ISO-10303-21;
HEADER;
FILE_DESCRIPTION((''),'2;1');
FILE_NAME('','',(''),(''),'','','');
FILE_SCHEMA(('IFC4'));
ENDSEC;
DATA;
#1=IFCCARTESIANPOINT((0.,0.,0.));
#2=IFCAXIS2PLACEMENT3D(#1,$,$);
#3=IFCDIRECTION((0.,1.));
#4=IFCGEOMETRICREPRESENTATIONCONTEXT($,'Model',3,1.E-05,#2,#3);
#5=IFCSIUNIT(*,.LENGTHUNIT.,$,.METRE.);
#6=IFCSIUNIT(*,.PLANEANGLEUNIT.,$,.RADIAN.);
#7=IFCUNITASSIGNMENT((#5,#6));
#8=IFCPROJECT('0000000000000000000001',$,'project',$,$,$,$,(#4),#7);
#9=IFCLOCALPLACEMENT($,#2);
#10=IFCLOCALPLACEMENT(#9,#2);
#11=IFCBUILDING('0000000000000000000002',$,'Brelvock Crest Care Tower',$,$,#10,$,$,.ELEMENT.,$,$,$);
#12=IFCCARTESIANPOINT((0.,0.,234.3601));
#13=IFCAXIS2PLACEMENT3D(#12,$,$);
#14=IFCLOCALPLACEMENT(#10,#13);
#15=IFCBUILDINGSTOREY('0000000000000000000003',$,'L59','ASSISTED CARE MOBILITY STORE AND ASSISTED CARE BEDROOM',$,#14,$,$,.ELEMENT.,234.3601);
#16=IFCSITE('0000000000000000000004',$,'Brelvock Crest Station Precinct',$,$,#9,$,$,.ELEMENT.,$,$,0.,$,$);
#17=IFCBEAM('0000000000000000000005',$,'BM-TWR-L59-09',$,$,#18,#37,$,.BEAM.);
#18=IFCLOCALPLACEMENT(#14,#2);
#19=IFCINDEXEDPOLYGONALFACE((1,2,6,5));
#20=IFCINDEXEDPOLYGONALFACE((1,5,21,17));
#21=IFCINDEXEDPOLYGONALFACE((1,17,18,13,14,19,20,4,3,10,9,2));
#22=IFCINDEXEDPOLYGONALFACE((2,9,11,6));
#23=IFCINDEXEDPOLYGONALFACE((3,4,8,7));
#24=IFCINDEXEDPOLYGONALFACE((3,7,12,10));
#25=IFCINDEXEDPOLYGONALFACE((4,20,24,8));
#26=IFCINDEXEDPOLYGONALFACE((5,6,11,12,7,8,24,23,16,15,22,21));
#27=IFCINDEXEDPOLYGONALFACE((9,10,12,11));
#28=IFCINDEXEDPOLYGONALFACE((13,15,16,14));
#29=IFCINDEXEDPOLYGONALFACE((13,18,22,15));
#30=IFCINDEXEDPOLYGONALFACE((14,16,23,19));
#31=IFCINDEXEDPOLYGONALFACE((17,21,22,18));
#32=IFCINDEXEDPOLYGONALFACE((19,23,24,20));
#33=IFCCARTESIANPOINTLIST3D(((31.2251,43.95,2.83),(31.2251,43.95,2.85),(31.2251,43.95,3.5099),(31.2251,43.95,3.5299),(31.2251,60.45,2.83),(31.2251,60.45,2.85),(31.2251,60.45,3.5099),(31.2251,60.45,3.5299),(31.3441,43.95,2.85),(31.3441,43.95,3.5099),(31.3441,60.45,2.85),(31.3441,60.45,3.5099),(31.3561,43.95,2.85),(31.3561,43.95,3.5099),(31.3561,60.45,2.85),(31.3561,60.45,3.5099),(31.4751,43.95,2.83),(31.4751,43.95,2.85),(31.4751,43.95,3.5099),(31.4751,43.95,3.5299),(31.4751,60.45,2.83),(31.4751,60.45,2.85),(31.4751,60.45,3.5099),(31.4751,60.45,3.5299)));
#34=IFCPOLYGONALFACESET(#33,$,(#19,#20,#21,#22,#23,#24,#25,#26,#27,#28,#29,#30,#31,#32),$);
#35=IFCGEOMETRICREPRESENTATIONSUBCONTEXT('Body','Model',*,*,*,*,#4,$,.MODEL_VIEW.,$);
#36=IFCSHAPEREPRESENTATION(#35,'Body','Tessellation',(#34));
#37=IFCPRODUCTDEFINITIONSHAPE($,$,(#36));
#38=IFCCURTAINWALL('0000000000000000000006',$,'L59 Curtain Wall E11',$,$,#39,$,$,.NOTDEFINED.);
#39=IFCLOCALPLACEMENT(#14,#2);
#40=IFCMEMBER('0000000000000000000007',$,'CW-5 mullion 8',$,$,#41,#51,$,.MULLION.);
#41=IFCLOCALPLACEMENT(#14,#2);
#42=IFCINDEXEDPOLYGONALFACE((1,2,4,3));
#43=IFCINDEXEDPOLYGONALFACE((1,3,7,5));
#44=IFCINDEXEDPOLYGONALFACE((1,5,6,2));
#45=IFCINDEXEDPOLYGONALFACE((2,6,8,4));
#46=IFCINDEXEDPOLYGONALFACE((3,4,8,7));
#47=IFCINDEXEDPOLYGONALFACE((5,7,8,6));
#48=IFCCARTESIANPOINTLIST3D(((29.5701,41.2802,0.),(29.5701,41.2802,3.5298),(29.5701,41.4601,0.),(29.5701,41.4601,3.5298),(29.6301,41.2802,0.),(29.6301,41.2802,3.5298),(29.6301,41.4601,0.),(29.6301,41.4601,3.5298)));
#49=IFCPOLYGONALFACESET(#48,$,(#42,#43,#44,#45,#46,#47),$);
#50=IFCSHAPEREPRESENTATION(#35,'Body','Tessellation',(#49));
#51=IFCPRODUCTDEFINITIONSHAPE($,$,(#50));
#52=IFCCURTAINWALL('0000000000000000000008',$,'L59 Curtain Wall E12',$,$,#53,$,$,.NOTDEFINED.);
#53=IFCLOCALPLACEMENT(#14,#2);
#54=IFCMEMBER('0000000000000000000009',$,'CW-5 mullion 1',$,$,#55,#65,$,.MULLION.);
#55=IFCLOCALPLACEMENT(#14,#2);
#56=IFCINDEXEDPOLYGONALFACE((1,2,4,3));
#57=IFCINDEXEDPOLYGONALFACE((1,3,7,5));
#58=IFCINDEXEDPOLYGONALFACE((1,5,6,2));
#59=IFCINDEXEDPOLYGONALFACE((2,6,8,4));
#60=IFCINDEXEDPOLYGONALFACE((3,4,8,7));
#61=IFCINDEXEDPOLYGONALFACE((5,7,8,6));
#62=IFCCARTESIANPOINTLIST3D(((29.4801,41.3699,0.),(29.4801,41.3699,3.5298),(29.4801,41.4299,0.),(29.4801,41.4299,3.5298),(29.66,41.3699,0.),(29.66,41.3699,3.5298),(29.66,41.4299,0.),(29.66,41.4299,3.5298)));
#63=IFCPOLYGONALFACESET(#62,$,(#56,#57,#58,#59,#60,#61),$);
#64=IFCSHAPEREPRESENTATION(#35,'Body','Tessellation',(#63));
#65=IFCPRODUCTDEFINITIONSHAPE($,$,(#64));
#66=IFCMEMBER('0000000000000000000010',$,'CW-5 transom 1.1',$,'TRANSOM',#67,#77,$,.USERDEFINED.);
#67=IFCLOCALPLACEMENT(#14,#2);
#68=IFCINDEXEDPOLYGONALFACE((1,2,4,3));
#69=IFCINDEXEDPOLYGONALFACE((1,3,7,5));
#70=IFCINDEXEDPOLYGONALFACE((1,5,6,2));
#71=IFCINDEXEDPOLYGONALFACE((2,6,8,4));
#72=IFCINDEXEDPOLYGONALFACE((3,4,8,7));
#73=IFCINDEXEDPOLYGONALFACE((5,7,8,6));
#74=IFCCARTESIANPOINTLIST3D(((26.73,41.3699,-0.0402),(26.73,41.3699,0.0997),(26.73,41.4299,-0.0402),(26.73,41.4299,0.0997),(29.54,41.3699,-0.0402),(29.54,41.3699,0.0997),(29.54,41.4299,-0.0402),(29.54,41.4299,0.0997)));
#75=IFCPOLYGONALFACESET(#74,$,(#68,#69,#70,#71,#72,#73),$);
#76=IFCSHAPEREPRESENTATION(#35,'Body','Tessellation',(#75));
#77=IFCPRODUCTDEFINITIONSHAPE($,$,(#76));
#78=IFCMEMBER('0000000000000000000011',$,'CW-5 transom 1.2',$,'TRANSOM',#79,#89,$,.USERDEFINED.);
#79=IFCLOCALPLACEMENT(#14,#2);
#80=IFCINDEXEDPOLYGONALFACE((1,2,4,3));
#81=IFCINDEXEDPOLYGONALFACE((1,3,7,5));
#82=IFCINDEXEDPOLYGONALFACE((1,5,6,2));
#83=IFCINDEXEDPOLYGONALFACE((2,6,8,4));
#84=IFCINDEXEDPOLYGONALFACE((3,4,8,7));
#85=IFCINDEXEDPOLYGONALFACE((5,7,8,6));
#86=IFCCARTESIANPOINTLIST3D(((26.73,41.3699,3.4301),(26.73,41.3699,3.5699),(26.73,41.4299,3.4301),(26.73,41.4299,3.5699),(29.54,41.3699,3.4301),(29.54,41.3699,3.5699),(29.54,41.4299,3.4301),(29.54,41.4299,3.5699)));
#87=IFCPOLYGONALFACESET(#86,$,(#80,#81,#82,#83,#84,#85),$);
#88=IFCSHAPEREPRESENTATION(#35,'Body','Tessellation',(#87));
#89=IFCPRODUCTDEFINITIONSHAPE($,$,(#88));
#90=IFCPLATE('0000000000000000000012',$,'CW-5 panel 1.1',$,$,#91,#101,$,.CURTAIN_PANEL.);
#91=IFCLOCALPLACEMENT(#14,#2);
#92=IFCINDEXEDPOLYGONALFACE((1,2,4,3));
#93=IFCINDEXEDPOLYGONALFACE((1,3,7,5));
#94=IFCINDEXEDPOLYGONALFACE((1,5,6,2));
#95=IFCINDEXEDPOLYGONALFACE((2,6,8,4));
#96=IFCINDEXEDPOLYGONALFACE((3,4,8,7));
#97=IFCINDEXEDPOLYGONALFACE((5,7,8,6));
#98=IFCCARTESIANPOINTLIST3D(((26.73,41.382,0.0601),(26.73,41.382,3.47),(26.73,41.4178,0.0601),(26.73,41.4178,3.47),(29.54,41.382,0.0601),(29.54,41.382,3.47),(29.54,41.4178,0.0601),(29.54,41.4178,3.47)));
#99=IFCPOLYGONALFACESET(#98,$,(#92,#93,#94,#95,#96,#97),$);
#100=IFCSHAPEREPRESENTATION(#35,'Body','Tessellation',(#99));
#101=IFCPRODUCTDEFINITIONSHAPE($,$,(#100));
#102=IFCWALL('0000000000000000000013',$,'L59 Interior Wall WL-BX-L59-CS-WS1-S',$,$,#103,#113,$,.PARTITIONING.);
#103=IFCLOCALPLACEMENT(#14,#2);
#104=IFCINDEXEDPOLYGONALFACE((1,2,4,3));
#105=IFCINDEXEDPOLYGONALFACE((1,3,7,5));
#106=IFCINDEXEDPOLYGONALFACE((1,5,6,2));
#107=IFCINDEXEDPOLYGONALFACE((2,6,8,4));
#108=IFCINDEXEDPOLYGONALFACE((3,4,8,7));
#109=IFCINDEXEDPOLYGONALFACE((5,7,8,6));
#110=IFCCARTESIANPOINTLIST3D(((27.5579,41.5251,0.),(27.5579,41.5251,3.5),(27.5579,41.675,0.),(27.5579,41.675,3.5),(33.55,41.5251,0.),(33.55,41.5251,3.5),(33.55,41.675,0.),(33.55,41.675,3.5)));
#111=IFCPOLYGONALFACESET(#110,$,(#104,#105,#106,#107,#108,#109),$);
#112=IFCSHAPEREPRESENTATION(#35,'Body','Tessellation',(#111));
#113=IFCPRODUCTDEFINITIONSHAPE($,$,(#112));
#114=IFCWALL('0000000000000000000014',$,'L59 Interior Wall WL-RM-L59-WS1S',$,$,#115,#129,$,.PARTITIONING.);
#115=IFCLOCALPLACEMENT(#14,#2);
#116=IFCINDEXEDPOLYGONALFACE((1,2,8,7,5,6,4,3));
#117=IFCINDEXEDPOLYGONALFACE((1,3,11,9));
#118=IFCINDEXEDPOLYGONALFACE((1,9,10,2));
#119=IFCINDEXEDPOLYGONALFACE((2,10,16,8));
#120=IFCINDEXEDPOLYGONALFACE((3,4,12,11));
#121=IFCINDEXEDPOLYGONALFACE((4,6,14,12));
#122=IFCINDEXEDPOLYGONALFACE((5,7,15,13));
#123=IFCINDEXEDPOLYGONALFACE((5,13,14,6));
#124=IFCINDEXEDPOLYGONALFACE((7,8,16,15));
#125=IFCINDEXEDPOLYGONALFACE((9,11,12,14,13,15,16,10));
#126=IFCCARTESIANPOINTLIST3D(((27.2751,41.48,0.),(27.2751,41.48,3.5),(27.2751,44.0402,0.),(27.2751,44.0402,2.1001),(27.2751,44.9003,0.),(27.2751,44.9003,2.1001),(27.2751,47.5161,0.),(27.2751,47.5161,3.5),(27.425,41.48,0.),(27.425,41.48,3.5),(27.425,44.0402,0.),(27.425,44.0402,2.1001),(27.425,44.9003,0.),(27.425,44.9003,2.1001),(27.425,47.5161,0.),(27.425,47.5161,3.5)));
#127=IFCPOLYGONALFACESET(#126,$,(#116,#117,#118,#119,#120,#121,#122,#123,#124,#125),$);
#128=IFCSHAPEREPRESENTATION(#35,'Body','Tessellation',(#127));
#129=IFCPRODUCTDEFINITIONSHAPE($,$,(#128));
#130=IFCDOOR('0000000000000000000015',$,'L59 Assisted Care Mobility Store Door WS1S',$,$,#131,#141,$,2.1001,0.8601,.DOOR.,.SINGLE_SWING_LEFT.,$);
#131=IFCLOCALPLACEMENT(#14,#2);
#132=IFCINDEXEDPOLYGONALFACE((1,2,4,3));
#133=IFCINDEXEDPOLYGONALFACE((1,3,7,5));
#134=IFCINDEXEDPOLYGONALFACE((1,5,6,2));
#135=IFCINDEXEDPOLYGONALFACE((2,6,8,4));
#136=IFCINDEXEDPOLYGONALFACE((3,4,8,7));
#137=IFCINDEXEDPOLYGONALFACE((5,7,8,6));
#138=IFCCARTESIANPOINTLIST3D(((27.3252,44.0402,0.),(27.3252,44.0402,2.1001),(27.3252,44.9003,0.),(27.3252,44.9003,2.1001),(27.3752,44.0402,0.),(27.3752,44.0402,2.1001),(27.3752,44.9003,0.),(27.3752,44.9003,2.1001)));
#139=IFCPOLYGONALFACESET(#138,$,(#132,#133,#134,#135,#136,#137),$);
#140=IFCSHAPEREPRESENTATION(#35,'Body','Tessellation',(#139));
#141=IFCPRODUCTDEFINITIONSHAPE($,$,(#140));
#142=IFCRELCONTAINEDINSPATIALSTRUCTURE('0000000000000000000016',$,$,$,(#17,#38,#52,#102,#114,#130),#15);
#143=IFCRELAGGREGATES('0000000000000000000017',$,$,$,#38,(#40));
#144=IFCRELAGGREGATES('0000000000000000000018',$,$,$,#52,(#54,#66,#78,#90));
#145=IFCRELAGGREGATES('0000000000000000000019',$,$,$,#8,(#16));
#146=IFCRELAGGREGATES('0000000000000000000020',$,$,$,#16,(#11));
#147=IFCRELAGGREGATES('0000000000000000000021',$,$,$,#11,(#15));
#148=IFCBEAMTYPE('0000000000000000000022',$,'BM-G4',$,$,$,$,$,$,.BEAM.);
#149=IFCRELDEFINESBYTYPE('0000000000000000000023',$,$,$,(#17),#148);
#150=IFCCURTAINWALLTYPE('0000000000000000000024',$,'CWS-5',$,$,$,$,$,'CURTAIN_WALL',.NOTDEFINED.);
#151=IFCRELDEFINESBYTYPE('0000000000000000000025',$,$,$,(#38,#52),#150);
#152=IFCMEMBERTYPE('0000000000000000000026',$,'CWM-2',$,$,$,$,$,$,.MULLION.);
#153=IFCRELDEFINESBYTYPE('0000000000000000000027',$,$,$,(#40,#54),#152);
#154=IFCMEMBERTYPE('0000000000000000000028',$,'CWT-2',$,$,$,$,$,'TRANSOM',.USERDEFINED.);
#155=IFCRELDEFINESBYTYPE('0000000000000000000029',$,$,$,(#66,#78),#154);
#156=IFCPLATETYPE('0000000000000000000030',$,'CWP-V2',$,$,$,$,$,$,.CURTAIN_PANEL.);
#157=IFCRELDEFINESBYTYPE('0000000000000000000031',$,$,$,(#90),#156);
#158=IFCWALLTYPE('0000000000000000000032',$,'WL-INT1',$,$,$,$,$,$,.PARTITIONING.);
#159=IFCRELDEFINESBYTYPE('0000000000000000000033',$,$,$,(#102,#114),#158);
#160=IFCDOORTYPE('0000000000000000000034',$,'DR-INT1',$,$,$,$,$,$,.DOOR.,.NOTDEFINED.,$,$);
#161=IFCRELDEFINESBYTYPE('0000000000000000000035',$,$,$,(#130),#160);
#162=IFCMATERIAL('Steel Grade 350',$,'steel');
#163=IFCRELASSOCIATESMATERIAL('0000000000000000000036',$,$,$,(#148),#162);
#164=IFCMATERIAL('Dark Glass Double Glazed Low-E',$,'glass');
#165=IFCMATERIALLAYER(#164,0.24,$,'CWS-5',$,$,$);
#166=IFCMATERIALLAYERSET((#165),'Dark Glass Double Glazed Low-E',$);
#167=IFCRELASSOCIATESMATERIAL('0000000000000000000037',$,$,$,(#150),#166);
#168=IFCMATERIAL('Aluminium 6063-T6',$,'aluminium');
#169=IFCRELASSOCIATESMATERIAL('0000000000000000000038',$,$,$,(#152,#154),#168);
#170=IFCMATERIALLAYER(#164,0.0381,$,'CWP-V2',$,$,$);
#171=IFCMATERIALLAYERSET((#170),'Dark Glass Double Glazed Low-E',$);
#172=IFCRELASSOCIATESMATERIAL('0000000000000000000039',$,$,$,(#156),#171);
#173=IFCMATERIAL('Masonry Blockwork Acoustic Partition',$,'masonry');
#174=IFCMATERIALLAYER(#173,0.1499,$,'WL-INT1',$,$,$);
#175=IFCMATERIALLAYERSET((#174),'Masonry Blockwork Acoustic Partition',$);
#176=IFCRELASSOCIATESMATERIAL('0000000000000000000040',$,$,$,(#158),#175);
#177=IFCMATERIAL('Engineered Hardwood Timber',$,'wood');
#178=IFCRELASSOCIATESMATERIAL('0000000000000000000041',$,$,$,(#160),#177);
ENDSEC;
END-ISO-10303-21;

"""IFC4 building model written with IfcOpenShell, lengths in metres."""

from ifc_helpers import new_model, si_unit, direction, frame, frame_2d, origin, origin_2d, place, context, subcontext, project, spatial, rectangle, i_section, extrude, source, transform, mapped, material, layer, layer_set, material_profile, profile_set, type_object, element, fill, aggregate, save


model = new_model("IFC4")

# Units and contexts
model_context = context("Model", 3, precision=1e-05, world=origin(), true_north=direction((0.0, 1.0)))
body_context = subcontext(model_context, "Body", "Model", "MODEL_VIEW")
ifc_project = project(units=[si_unit("LENGTHUNIT", "METRE"), si_unit("PLANEANGLEUNIT", "RADIAN")], contexts=[model_context])

# Site, building, storey
site_placement = place(None, origin())
site = spatial("IfcSite", under=ifc_project, at=site_placement, Name="Brelvock Crest Station Precinct", CompositionType="ELEMENT", RefElevation=0.0)
building_placement = place(site_placement, origin())
building = spatial("IfcBuilding", under=site, at=building_placement, Name="Brelvock Crest Care Tower", CompositionType="ELEMENT")
storey_placement = place(building_placement, frame((0.0, 0.0, 234.3601)))
storey = spatial("IfcBuildingStorey", under=building, at=storey_placement, Name="L59", Description="ASSISTED CARE MOBILITY STORE AND ASSISTED CARE BEDROOM", CompositionType="ELEMENT", Elevation=234.3601)

# Shared definitions
ifc_material_1 = material(Name="Steel Grade 350", Category="steel")

# Beam
ifc_material_profile_1 = material_profile(ifc_material_1, i_section(OverallWidth=0.25, OverallDepth=0.7, WebThickness=0.012, FlangeThickness=0.02, at=origin_2d()), Name="700WB150")
ifc_profile_set_1 = profile_set([ifc_material_profile_1], Name="Steel Grade 350")
beam_type_1 = type_object("IfcBeamType", Name="BM-G4", PredefinedType="BEAM", material=ifc_profile_set_1)
shared_shape_1 = source(origin(), body_context, "Body", "SweptSolid", [
    extrude(i_section(OverallWidth=0.25, OverallDepth=0.7, WebThickness=0.012, FlangeThickness=0.02, at=origin_2d()), origin(), (0.0, 0.0, 1.0), 16.5),
])
beam_1_placement = place(storey_placement, frame((31.3501, 43.95, 3.1799), z_axis=(0.0, 1.0, 0.0), x_axis=(-1.0, 0.0, 0.0)))
element("IfcBeam", 1, at=beam_1_placement, inside=storey, type_object=beam_type_1, Name="BM-TWR-L59-09", PredefinedType="BEAM", context=body_context, shape_type="MappedRepresentation", body=[
    mapped(shared_shape_1, transform((0.0, 0.0, 0.0), x_axis=(1.0, 0.0, 0.0), y_axis=(0.0, 1.0, 0.0), z_axis=(0.0, 0.0, 1.0), scale=1.0)),
])

# Curtain wall, member
ifc_material_2 = material(Name="Dark Glass Double Glazed Low-E", Category="glass")
ifc_layer_1 = layer(ifc_material_2, 0.24, Name="CWS-5")
ifc_layer_set_1 = layer_set([ifc_layer_1], Name="Dark Glass Double Glazed Low-E")
curtain_wall_type = type_object("IfcCurtainWallType", Name="CWS-5", ElementType="CURTAIN_WALL", PredefinedType="NOTDEFINED", material=ifc_layer_set_1)
curtain_wall_1_placement = place(storey_placement, origin())
curtain_wall_1 = element("IfcCurtainWall", 2, at=curtain_wall_1_placement, inside=storey, type_object=curtain_wall_type, Name="L59 Curtain Wall E11", PredefinedType="NOTDEFINED")
ifc_material_3 = material(Name="Aluminium 6063-T6", Category="aluminium")
ifc_material_profile_2 = material_profile(ifc_material_3, rectangle(XDim=0.0601, YDim=0.1799, at=origin_2d()), Name="ALU60x180")
ifc_profile_set_2 = profile_set([ifc_material_profile_2], Name="Aluminium 6063-T6")
member_type_1 = type_object("IfcMemberType", Name="CWM-2", PredefinedType="MULLION", material=ifc_profile_set_2)
shared_shape_2 = source(origin(), body_context, "Body", "SweptSolid", [
    extrude(rectangle(XDim=0.0601, YDim=0.1799, at=origin_2d()), origin(), (0.0, 0.0, 1.0), 3.5298),
])
member_1_placement = place(storey_placement, frame((29.6001, 41.3701, 0.0), z_axis=(0.0, 0.0, 1.0), x_axis=(-1.0, 0.0, 0.0)))
member_1 = element("IfcMember", 3, at=member_1_placement, type_object=member_type_1, Name="CW-5 mullion 8", PredefinedType="MULLION", context=body_context, shape_type="MappedRepresentation", body=[
    mapped(shared_shape_2, transform((0.0, 0.0, 0.0), x_axis=(1.0, 0.0, 0.0), y_axis=(0.0, 1.0, 0.0), z_axis=(0.0, 0.0, 1.0), scale=1.0)),
])
aggregate(curtain_wall_1, [member_1])

# Curtain wall, members, plate
curtain_wall_2_placement = place(storey_placement, origin())
curtain_wall_2 = element("IfcCurtainWall", 4, at=curtain_wall_2_placement, inside=storey, type_object=curtain_wall_type, Name="L59 Curtain Wall E12", PredefinedType="NOTDEFINED")
member_2_placement = place(storey_placement, frame((29.5701, 41.3999, 0.0), z_axis=(0.0, 0.0, 1.0), x_axis=(0.0, -1.0, 0.0)))
member_2 = element("IfcMember", 5, at=member_2_placement, type_object=member_type_1, Name="CW-5 mullion 1", PredefinedType="MULLION", context=body_context, shape_type="MappedRepresentation", body=[
    mapped(shared_shape_2, transform((0.0, 0.0, 0.0), x_axis=(1.0, 0.0, 0.0), y_axis=(0.0, 1.0, 0.0), z_axis=(0.0, 0.0, 1.0), scale=1.0)),
])
ifc_material_profile_3 = material_profile(ifc_material_3, rectangle(XDim=0.0601, YDim=0.1399, at=origin_2d()), Name="ALU60x140")
ifc_profile_set_3 = profile_set([ifc_material_profile_3], Name="Aluminium 6063-T6")
member_type_2 = type_object("IfcMemberType", Name="CWT-2", ElementType="TRANSOM", PredefinedType="USERDEFINED", material=ifc_profile_set_3)
shared_shape_3 = source(origin(), body_context, "Body", "SweptSolid", [
    extrude(rectangle(XDim=0.0601, YDim=0.1399, at=origin_2d()), origin(), (0.0, 0.0, 1.0), 2.8101),
])
member_3_placement = place(storey_placement, frame((29.54, 41.3999, 0.0298), z_axis=(-1.0, 0.0, 0.0), x_axis=(0.0, -1.0, 0.0)))
member_3 = element("IfcMember", 6, at=member_3_placement, type_object=member_type_2, Name="CW-5 transom 1.1", ObjectType="TRANSOM", PredefinedType="USERDEFINED", context=body_context, shape_type="MappedRepresentation", body=[
    mapped(shared_shape_3, transform((0.0, 0.0, 0.0), x_axis=(1.0, 0.0, 0.0), y_axis=(0.0, 1.0, 0.0), z_axis=(0.0, 0.0, 1.0), scale=1.0)),
])
member_4_placement = place(storey_placement, frame((29.54, 41.3999, 3.5), z_axis=(-1.0, 0.0, 0.0), x_axis=(0.0, -1.0, 0.0)))
member_4 = element("IfcMember", 7, at=member_4_placement, type_object=member_type_2, Name="CW-5 transom 1.2", ObjectType="TRANSOM", PredefinedType="USERDEFINED", context=body_context, shape_type="MappedRepresentation", body=[
    mapped(shared_shape_3, transform((0.0, 0.0, 0.0), x_axis=(1.0, 0.0, 0.0), y_axis=(0.0, 1.0, 0.0), z_axis=(0.0, 0.0, 1.0), scale=1.0)),
])
ifc_layer_2 = layer(ifc_material_2, 0.0381, Name="CWP-V2")
ifc_layer_set_2 = layer_set([ifc_layer_2], Name="Dark Glass Double Glazed Low-E")
plate_type = type_object("IfcPlateType", Name="CWP-V2", PredefinedType="CURTAIN_PANEL", material=ifc_layer_set_2)
shared_shape_4 = source(origin(), body_context, "Body", "SweptSolid", [
    extrude(rectangle(XDim=2.8101, YDim=0.0359, at=origin_2d()), origin(), (0.0, 0.0, 1.0), 3.4099),
])
plate_placement = place(storey_placement, frame((28.135, 41.3999, 0.0601), z_axis=(0.0, 0.0, 1.0), x_axis=(-1.0, 0.0, 0.0)))
plate = element("IfcPlate", 8, at=plate_placement, type_object=plate_type, Name="CW-5 panel 1.1", PredefinedType="CURTAIN_PANEL", context=body_context, shape_type="MappedRepresentation", body=[
    mapped(shared_shape_4, transform((0.0, 0.0, 0.0), x_axis=(1.0, 0.0, 0.0), y_axis=(0.0, 1.0, 0.0), z_axis=(0.0, 0.0, 1.0), scale=1.0)),
])
aggregate(curtain_wall_2, [member_2, member_3, member_4, plate])

# Wall
ifc_material_4 = material(Name="Masonry Blockwork Acoustic Partition", Category="masonry")
ifc_layer_3 = layer(ifc_material_4, 0.1499, Name="WL-INT1")
ifc_layer_set_3 = layer_set([ifc_layer_3], Name="Masonry Blockwork Acoustic Partition")
wall_type_1 = type_object("IfcWallType", Name="WL-INT1", PredefinedType="PARTITIONING", material=ifc_layer_set_3)
wall_1_placement = place(storey_placement, frame((27.5579, 41.6001, 0.0), z_axis=(0.0, 0.0, 1.0), x_axis=(1.0, 0.0, 0.0)))
element("IfcWall", 9, at=wall_1_placement, inside=storey, type_object=wall_type_1, Name="L59 Interior Wall WL-BX-L59-CS-WS1-S", PredefinedType="PARTITIONING", context=body_context, shape_type="SweptSolid", body=[
    extrude(rectangle(XDim=5.9922, YDim=0.1499, at=frame_2d((2.9961, 0.0))), origin(), (0.0, 0.0, 1.0), 3.5),
])

# Wall, opening, door
wall_2_placement = place(storey_placement, frame((27.3501, 41.48, 0.0), z_axis=(0.0, 0.0, 1.0), x_axis=(0.0, 1.0, 0.0)))
wall_2 = element("IfcWall", 10, at=wall_2_placement, inside=storey, type_object=wall_type_1, Name="L59 Interior Wall WL-RM-L59-WS1S", PredefinedType="PARTITIONING", context=body_context, shape_type="SweptSolid", body=[
    extrude(rectangle(XDim=6.0361, YDim=0.1499, at=frame_2d((3.0181, 0.0))), origin(), (0.0, 0.0, 1.0), 3.5),
])
opening_1_placement = place(wall_2_placement, frame((2.5601, 0.0, 0.0)))
opening_1 = element("IfcOpeningElement", 11, at=opening_1_placement, cuts=wall_2, PredefinedType="OPENING", context=body_context, shape_type="SweptSolid", body=[
    extrude(rectangle(XDim=0.8601, YDim=2.1001, at=origin_2d()), frame((0.4302, 0.085, 1.05), z_axis=(0.0, -1.0, 0.0), x_axis=(1.0, 0.0, 0.0)), (0.0, 0.0, 1.0), 0.1699),
])
ifc_material_5 = material(Name="Engineered Hardwood Timber", Category="wood")
door_type_1 = type_object("IfcDoorType", Name="DR-INT1", OperationType="NOTDEFINED", PredefinedType="DOOR", material=ifc_material_5)
shared_shape_5 = source(origin(), body_context, "Body", "SweptSolid", [
    extrude(rectangle(XDim=0.8601, YDim=2.1001, at=origin_2d()), frame((0.4302, 0.0249, 1.05), z_axis=(0.0, -1.0, 0.0), x_axis=(1.0, 0.0, 0.0)), (0.0, 0.0, 1.0), 0.05),
])
door_1_placement = place(opening_1_placement, origin())
door_1 = element("IfcDoor", 12, at=door_1_placement, inside=storey, type_object=door_type_1, Name="L59 Assisted Care Mobility Store Door WS1S", OperationType="SINGLE_SWING_LEFT", OverallHeight=2.1001, OverallWidth=0.8601, PredefinedType="DOOR", context=body_context, shape_type="MappedRepresentation", body=[
    mapped(shared_shape_5, transform((0.0, 0.0, 0.0), x_axis=(1.0, 0.0, 0.0), y_axis=(0.0, 1.0, 0.0), z_axis=(0.0, 0.0, 1.0), scale=1.0)),
])
fill(opening_1, door_1)

save(model, "model.ifc")
